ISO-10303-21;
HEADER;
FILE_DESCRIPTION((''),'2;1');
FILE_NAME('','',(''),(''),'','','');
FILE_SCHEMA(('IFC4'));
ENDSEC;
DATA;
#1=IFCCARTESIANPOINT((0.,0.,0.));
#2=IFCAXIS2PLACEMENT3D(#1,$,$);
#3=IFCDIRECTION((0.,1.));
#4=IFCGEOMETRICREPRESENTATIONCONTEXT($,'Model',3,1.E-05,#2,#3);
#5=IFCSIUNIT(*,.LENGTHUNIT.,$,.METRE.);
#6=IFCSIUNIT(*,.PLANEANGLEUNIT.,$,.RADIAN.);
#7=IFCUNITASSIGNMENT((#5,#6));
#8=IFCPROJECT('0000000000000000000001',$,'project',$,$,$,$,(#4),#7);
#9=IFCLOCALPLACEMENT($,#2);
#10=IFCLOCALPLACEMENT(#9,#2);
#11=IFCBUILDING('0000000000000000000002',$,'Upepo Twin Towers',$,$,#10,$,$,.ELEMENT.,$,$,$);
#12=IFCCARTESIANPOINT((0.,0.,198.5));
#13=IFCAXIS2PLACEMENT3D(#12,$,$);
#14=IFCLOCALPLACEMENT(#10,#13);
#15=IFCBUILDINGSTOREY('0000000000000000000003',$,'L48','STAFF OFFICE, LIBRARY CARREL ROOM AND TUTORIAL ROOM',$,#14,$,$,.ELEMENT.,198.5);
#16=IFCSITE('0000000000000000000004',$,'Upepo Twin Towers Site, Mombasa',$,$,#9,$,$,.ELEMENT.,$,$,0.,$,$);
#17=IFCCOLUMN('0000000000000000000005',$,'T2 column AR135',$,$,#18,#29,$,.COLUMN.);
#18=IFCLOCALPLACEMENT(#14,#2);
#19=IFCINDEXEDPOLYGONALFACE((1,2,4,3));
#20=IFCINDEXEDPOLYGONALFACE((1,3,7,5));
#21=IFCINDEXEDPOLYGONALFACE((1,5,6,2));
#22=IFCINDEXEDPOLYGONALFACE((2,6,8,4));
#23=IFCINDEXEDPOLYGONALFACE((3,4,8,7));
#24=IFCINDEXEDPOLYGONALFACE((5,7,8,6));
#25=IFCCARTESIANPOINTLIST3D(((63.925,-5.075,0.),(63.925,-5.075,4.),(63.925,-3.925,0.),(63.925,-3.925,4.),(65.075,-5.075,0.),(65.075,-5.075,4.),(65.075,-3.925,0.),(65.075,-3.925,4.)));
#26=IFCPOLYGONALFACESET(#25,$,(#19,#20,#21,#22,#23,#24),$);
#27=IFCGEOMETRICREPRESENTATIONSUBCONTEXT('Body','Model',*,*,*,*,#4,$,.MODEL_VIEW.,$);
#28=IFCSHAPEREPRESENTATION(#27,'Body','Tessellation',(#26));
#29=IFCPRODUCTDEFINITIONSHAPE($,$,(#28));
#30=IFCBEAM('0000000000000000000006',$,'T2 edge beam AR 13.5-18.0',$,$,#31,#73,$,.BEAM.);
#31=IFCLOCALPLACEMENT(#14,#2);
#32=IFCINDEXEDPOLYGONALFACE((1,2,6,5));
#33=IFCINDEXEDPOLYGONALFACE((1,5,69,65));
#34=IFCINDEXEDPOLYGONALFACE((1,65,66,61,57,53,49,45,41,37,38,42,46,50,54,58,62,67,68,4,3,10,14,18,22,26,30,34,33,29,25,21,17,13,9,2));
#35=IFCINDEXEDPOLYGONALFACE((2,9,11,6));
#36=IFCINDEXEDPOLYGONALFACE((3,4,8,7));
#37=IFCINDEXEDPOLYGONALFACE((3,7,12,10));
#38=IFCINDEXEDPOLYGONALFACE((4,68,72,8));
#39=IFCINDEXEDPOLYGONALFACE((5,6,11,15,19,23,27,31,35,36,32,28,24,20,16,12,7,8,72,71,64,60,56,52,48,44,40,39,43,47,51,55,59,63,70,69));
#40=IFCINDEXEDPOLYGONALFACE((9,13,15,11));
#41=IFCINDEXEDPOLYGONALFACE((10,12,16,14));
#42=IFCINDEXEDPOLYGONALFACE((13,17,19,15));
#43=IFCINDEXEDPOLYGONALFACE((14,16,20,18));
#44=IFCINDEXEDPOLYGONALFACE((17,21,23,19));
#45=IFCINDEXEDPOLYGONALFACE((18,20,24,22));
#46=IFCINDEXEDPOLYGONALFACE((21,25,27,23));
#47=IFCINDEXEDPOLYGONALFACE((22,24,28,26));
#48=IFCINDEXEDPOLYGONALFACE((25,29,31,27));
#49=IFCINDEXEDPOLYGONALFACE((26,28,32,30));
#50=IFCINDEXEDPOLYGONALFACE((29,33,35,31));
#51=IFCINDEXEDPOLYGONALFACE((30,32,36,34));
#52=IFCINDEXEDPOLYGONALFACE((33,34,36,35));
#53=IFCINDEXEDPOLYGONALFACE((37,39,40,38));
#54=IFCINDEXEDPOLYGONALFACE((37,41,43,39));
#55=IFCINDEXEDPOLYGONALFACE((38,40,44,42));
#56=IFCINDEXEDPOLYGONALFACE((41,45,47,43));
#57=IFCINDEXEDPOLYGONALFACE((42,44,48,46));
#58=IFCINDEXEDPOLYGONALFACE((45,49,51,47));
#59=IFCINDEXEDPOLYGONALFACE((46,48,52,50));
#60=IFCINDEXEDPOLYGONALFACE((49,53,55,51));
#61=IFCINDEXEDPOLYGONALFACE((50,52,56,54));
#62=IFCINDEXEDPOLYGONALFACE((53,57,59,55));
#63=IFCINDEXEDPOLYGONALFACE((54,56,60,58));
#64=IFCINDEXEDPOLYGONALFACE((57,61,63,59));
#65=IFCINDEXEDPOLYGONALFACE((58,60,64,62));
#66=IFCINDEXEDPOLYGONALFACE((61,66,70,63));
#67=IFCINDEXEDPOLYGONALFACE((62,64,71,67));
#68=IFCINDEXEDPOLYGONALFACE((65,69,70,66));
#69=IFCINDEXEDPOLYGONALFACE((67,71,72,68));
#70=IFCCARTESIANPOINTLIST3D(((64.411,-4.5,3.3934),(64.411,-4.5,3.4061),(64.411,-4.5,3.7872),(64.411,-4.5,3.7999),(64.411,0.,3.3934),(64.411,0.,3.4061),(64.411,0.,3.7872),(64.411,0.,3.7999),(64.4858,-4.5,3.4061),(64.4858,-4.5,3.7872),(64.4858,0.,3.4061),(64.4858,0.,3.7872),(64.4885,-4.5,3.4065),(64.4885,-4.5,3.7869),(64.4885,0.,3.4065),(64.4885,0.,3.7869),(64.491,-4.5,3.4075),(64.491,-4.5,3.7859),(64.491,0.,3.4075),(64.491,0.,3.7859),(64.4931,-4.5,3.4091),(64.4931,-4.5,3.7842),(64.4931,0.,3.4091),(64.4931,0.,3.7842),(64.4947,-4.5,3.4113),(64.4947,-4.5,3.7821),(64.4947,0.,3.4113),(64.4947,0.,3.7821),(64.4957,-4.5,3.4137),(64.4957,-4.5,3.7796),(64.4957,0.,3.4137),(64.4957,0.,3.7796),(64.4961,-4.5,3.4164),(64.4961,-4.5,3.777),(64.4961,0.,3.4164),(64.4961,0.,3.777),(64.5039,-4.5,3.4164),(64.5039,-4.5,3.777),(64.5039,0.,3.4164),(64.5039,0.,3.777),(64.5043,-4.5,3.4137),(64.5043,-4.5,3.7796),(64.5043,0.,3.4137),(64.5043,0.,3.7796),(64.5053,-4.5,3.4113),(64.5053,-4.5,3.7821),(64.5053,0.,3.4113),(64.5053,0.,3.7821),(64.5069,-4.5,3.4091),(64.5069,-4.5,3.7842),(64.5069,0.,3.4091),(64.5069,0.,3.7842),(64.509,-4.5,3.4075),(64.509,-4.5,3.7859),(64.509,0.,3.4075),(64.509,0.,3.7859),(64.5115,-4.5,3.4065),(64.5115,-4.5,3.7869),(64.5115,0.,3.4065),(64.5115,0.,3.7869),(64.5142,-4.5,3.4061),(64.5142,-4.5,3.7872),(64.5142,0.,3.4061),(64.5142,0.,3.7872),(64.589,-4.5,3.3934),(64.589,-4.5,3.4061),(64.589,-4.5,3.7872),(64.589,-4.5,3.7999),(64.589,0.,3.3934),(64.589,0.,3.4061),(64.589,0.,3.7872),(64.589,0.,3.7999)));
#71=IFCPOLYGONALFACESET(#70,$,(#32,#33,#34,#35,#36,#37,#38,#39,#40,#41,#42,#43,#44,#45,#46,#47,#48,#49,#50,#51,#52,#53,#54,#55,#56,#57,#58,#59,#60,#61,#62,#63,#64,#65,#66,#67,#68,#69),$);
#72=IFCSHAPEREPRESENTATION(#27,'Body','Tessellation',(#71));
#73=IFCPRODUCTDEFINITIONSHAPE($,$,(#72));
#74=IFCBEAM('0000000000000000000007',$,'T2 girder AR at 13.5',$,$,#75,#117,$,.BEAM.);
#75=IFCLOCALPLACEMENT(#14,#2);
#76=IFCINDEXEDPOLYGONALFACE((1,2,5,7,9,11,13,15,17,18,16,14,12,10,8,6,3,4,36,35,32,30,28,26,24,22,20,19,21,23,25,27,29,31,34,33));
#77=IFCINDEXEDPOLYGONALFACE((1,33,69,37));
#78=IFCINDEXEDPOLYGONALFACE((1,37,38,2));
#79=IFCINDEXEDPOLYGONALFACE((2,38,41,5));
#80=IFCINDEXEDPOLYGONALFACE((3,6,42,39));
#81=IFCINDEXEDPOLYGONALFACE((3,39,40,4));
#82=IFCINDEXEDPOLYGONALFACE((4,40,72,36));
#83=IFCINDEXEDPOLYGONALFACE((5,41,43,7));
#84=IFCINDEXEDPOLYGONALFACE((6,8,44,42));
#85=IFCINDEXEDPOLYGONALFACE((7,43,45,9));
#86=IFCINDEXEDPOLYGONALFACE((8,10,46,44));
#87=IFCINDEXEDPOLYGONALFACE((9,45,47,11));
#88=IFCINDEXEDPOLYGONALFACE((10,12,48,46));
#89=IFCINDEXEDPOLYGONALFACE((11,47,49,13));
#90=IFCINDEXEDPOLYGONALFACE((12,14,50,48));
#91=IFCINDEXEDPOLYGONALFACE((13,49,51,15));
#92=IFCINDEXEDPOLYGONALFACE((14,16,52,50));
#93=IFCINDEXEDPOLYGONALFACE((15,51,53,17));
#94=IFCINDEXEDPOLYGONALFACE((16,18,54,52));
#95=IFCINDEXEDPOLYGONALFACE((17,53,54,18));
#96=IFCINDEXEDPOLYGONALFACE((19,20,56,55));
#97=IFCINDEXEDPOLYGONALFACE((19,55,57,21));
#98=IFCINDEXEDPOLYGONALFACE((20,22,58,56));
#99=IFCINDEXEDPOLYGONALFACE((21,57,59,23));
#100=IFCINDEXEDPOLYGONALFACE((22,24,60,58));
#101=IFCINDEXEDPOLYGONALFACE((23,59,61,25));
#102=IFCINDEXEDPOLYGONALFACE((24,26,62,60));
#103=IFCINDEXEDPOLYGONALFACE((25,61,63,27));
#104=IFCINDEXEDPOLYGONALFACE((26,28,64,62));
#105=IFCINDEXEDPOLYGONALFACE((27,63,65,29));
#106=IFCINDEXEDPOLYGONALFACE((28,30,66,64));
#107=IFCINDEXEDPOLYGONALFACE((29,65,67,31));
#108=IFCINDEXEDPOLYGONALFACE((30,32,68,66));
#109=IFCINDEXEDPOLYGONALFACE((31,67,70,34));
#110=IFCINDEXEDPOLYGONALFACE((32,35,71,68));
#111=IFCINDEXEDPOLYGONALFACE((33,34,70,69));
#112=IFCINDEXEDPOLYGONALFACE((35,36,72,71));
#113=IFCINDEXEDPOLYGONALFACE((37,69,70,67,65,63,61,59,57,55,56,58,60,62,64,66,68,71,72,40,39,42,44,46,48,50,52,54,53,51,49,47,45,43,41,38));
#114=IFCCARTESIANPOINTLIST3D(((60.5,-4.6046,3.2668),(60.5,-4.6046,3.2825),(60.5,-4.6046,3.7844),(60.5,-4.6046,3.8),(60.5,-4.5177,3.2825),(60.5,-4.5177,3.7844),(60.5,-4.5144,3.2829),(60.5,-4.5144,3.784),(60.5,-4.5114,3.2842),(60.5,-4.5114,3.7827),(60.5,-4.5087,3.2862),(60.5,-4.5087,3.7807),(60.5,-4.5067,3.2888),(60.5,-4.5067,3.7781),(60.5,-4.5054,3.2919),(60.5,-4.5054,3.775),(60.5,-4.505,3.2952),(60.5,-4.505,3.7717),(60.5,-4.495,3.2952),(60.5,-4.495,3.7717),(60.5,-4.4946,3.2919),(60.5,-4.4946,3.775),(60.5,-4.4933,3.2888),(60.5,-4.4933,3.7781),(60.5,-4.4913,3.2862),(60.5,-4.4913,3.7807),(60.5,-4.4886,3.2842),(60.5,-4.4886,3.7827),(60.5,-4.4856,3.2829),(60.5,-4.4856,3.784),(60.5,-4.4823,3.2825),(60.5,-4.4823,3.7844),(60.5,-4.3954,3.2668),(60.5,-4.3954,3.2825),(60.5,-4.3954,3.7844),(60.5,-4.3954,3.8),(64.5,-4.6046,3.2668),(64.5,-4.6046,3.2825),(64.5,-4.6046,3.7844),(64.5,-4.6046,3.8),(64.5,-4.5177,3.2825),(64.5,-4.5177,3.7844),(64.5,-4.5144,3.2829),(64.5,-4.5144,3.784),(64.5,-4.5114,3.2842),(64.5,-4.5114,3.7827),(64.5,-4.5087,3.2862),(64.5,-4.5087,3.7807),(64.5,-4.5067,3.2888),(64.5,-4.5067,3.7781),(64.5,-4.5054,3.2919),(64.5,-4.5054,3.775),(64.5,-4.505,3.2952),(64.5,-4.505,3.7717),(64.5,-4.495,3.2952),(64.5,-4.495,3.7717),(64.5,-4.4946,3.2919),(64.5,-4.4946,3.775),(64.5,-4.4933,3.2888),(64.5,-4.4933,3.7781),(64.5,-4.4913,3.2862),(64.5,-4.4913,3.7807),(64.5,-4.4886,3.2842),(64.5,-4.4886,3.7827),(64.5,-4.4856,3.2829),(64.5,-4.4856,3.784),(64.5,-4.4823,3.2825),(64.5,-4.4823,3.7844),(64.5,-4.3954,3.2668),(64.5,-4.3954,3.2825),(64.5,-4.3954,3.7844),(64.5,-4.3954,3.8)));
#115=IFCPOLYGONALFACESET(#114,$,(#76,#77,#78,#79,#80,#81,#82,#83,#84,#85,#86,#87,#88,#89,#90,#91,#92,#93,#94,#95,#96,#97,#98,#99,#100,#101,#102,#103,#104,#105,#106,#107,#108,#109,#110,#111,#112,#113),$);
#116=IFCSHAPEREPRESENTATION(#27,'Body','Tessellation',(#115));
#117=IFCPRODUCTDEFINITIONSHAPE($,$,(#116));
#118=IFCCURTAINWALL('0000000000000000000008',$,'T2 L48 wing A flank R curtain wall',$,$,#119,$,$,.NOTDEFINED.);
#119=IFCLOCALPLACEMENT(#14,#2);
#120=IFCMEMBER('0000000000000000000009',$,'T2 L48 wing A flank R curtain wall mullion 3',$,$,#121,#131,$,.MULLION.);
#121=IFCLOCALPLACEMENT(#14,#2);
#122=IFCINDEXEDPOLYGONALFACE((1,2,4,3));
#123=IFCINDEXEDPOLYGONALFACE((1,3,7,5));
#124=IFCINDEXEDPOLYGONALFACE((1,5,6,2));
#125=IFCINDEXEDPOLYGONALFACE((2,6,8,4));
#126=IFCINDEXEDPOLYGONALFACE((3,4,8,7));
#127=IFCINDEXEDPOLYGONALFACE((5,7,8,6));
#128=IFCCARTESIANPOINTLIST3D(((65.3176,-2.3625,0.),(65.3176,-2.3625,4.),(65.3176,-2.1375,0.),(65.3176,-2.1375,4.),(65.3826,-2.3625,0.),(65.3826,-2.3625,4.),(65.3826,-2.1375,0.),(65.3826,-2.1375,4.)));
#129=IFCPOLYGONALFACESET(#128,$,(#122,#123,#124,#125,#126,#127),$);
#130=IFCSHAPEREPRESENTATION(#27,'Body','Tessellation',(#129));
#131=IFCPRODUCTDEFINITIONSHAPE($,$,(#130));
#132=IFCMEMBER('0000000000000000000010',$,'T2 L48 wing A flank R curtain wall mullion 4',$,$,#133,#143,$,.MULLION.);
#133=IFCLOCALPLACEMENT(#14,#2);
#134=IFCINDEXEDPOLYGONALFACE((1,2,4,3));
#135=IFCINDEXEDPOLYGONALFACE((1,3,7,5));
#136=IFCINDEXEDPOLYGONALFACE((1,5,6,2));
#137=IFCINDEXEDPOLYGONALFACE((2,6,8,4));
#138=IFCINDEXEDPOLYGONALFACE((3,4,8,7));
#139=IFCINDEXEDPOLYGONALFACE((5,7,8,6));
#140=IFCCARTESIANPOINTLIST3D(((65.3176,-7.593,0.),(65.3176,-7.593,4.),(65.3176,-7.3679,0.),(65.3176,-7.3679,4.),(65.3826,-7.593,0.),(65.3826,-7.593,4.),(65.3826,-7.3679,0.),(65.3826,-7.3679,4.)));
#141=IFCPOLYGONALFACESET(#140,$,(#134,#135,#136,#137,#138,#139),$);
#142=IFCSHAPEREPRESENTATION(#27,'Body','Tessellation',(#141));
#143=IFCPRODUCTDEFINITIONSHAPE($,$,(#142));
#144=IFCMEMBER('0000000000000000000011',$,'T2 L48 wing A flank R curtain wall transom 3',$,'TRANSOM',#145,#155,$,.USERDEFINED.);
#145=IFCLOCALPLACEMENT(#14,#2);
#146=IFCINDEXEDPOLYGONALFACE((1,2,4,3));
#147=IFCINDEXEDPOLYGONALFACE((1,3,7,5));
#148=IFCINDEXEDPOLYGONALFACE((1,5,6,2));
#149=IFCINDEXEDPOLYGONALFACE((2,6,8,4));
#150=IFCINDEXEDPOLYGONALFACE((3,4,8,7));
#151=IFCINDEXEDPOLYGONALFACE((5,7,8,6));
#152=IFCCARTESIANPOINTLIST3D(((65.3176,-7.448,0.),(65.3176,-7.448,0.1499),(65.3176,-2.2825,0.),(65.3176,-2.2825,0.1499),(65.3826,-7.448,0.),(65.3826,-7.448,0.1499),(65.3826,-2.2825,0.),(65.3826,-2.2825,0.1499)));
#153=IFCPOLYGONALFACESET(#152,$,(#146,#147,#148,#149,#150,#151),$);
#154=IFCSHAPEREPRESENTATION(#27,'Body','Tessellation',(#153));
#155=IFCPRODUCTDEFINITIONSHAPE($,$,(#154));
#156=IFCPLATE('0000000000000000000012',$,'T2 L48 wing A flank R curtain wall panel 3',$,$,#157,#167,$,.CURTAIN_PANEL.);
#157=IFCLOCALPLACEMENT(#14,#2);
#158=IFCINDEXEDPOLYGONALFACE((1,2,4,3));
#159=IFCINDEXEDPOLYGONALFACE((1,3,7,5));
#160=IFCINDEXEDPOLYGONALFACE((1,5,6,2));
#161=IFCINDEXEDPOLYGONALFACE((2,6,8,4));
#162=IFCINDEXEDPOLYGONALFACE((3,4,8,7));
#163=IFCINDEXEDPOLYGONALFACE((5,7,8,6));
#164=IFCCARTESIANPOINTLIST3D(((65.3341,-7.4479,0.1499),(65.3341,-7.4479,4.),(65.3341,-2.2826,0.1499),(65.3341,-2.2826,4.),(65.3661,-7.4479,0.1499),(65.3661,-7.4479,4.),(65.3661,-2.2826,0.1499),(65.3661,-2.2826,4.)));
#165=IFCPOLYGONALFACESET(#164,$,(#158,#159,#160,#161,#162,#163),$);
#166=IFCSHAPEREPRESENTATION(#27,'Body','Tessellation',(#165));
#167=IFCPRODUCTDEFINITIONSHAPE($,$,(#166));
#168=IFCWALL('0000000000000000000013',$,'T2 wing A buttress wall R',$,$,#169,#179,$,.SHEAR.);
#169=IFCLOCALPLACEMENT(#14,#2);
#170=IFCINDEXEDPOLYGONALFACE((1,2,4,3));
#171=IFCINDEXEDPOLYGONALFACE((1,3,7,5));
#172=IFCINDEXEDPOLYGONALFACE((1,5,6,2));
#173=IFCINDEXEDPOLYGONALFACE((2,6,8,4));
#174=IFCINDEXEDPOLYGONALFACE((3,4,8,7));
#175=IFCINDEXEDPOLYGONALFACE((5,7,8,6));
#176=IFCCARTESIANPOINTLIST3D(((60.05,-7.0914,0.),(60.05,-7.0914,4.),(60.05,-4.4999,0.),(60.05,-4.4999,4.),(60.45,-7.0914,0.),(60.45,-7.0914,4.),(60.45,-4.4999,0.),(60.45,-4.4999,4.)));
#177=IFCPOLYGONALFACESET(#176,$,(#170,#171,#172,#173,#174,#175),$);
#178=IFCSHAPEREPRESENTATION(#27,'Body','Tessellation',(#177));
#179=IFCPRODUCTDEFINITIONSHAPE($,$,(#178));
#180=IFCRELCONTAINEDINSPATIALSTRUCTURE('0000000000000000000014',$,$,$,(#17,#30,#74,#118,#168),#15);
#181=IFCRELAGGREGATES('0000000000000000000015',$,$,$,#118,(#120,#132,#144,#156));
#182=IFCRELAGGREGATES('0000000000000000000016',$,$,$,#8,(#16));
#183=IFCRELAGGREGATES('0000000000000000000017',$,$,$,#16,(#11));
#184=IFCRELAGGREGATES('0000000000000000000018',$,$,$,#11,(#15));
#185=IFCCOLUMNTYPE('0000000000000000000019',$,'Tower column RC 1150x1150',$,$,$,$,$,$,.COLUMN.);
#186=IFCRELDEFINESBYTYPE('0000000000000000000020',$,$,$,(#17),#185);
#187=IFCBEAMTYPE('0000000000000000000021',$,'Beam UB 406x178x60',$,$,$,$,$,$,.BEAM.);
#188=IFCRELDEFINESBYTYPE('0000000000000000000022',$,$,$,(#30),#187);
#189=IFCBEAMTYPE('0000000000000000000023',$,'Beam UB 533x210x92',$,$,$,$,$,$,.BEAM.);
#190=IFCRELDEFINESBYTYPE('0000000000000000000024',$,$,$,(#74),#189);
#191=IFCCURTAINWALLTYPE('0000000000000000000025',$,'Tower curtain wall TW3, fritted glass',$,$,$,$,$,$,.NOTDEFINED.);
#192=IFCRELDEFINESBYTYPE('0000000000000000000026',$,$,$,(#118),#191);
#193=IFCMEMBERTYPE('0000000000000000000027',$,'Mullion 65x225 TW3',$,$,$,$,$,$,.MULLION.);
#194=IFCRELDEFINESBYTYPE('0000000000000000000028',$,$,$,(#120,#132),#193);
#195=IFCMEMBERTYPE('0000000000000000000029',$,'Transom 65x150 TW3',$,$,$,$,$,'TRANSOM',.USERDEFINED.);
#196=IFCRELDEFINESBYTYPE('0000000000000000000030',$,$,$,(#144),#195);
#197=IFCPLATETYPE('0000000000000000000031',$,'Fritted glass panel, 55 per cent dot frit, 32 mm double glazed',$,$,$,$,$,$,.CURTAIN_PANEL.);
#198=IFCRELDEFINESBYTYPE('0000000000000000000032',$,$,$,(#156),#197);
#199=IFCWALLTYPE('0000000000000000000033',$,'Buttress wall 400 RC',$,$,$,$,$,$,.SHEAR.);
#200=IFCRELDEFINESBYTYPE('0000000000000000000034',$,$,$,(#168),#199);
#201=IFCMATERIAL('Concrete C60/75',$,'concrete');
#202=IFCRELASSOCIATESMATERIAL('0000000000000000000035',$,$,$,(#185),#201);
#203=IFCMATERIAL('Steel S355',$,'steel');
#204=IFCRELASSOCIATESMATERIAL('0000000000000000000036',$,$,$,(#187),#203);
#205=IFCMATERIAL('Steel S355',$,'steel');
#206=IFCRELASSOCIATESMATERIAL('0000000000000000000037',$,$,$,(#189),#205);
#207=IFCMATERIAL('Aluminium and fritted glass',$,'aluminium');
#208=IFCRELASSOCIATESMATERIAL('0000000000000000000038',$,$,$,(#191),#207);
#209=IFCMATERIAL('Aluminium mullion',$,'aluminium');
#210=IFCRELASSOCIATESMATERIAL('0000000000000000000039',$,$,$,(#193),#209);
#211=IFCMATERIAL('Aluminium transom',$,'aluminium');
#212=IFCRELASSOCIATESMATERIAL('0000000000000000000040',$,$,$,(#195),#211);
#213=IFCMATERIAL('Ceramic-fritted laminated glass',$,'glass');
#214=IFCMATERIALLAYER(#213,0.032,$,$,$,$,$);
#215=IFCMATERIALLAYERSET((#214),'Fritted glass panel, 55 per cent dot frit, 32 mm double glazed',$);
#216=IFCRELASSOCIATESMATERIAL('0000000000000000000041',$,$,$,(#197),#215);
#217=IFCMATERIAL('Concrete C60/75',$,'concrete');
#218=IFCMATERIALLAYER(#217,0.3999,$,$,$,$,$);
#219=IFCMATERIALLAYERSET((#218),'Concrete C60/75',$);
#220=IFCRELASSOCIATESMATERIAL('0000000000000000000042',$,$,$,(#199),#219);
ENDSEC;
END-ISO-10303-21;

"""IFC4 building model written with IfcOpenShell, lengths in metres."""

from ifc_helpers import new_model, si_unit, direction, frame, frame_2d, origin, origin_2d, place, context, subcontext, project, spatial, rectangle, i_section, extrude, material, layer, layer_set, material_profile, profile_set, type_object, element, aggregate, save


model = new_model("IFC4")

# Units and contexts
model_context = context("Model", 3, precision=1e-05, world=origin(), true_north=direction((0.0, 1.0)))
body_context = subcontext(model_context, "Body", "Model", "MODEL_VIEW")
ifc_project = project(units=[si_unit("LENGTHUNIT", "METRE"), si_unit("PLANEANGLEUNIT", "RADIAN")], contexts=[model_context])

# Site, building, storey
site_placement = place(None, origin())
site = spatial("IfcSite", under=ifc_project, at=site_placement, Name="Upepo Twin Towers Site, Mombasa", CompositionType="ELEMENT", RefElevation=0.0)
building_placement = place(site_placement, origin())
building = spatial("IfcBuilding", under=site, at=building_placement, Name="Upepo Twin Towers", CompositionType="ELEMENT")
storey_placement = place(building_placement, frame((0.0, 0.0, 198.5)))
storey = spatial("IfcBuildingStorey", under=building, at=storey_placement, Name="L48", Description="STAFF OFFICE, LIBRARY CARREL ROOM AND TUTORIAL ROOM", CompositionType="ELEMENT", Elevation=198.5)

# Column
ifc_material_1 = material(Name="Concrete C60/75", Category="concrete")
ifc_material_profile_1 = material_profile(ifc_material_1, rectangle(XDim=1.1499, YDim=1.1499, at=origin_2d()), Name="RC 1150x1150")
ifc_profile_set_1 = profile_set([ifc_material_profile_1], Name="Concrete C60/75")
column_type = type_object("IfcColumnType", Name="Tower column RC 1150x1150", PredefinedType="COLUMN", material=ifc_profile_set_1)
column_placement = place(storey_placement, frame((64.5, -4.5, 0.0), z_axis=(0.0, 0.0, 1.0), x_axis=(1.0, 0.0, 0.0)))
element("IfcColumn", 1, at=column_placement, inside=storey, type_object=column_type, Name="T2 column AR135", PredefinedType="COLUMN", context=body_context, shape_type="SweptSolid", body=[
    extrude(rectangle(XDim=1.1499, YDim=1.1499, at=origin_2d()), origin(), (0.0, 0.0, 1.0), 4.0),
])

# Beams
ifc_material_2 = material(Name="Steel S355", Category="steel")
ifc_material_profile_2 = material_profile(ifc_material_2, i_section(OverallWidth=0.178, OverallDepth=0.4065, WebThickness=0.0078, FlangeThickness=0.0127, FilletRadius=0.0103, at=origin_2d()), Name="UB 406x178x60")
ifc_profile_set_2 = profile_set([ifc_material_profile_2], Name="Steel S355")
beam_type_1 = type_object("IfcBeamType", Name="Beam UB 406x178x60", PredefinedType="BEAM", material=ifc_profile_set_2)
beam_1_placement = place(storey_placement, frame((64.5, -4.5, 3.5967), z_axis=(0.0, 1.0, 0.0), x_axis=(-1.0, 0.0, 0.0)))
element("IfcBeam", 2, at=beam_1_placement, inside=storey, type_object=beam_type_1, Name="T2 edge beam AR 13.5-18.0", PredefinedType="BEAM", context=body_context, shape_type="SweptSolid", body=[
    extrude(i_section(OverallWidth=0.178, OverallDepth=0.4065, WebThickness=0.0078, FlangeThickness=0.0127, FilletRadius=0.0103, at=origin_2d()), origin(), (0.0, 0.0, 1.0), 4.5),
])
ifc_material_3 = material(Name="Steel S355", Category="steel")
ifc_material_profile_3 = material_profile(ifc_material_3, i_section(OverallWidth=0.2092, OverallDepth=0.5332, WebThickness=0.01, FlangeThickness=0.0156, FilletRadius=0.0127, at=origin_2d()), Name="UB 533x210x92")
ifc_profile_set_3 = profile_set([ifc_material_profile_3], Name="Steel S355")
beam_type_2 = type_object("IfcBeamType", Name="Beam UB 533x210x92", PredefinedType="BEAM", material=ifc_profile_set_3)
beam_2_placement = place(storey_placement, frame((64.5, -4.5, 3.5334), z_axis=(-1.0, 0.0, 0.0), x_axis=(0.0, -1.0, 0.0)))
element("IfcBeam", 3, at=beam_2_placement, inside=storey, type_object=beam_type_2, Name="T2 girder AR at 13.5", PredefinedType="BEAM", context=body_context, shape_type="SweptSolid", body=[
    extrude(i_section(OverallWidth=0.2092, OverallDepth=0.5332, WebThickness=0.01, FlangeThickness=0.0156, FilletRadius=0.0127, at=origin_2d()), origin(), (0.0, 0.0, 1.0), 4.0),
])

# Curtain wall, members, plate
ifc_material_4 = material(Name="Aluminium and fritted glass", Category="aluminium")
curtain_wall_type = type_object("IfcCurtainWallType", Name="Tower curtain wall TW3, fritted glass", PredefinedType="NOTDEFINED", material=ifc_material_4)
curtain_wall_placement = place(storey_placement, origin())
curtain_wall = element("IfcCurtainWall", 4, at=curtain_wall_placement, inside=storey, type_object=curtain_wall_type, Name="T2 L48 wing A flank R curtain wall", PredefinedType="NOTDEFINED")
ifc_material_5 = material(Name="Aluminium mullion", Category="aluminium")
ifc_material_profile_4 = material_profile(ifc_material_5, rectangle(XDim=0.0649, YDim=0.2251, at=origin_2d()), Name="MULLION 65x225")
ifc_profile_set_4 = profile_set([ifc_material_profile_4], Name="Aluminium mullion")
member_type_1 = type_object("IfcMemberType", Name="Mullion 65x225 TW3", PredefinedType="MULLION", material=ifc_profile_set_4)
member_1_placement = place(storey_placement, frame((65.3501, -2.25, 0.0), z_axis=(0.0, 0.0, 1.0), x_axis=(1.0, 0.0, 0.0)))
member_1 = element("IfcMember", 5, at=member_1_placement, type_object=member_type_1, Name="T2 L48 wing A flank R curtain wall mullion 3", PredefinedType="MULLION", context=body_context, shape_type="SweptSolid", body=[
    extrude(rectangle(XDim=0.0649, YDim=0.2251, at=origin_2d()), origin(), (0.0, 0.0, 1.0), 4.0),
])
member_2_placement = place(storey_placement, frame((65.3501, -7.4805, 0.0), z_axis=(0.0, 0.0, 1.0), x_axis=(1.0, 0.0, 0.0)))
member_2 = element("IfcMember", 6, at=member_2_placement, type_object=member_type_1, Name="T2 L48 wing A flank R curtain wall mullion 4", PredefinedType="MULLION", context=body_context, shape_type="SweptSolid", body=[
    extrude(rectangle(XDim=0.0649, YDim=0.2251, at=origin_2d()), origin(), (0.0, 0.0, 1.0), 4.0),
])
ifc_material_6 = material(Name="Aluminium transom", Category="aluminium")
ifc_material_profile_5 = material_profile(ifc_material_6, rectangle(XDim=0.0649, YDim=0.1499, at=origin_2d()), Name="TRANSOM 65x150")
ifc_profile_set_5 = profile_set([ifc_material_profile_5], Name="Aluminium transom")
member_type_2 = type_object("IfcMemberType", Name="Transom 65x150 TW3", ElementType="TRANSOM", PredefinedType="USERDEFINED", material=ifc_profile_set_5)
member_3_placement = place(storey_placement, frame((65.3501, -2.2825, 0.075), z_axis=(0.0, -1.0, 0.0), x_axis=(1.0, 0.0, 0.0)))
member_3 = element("IfcMember", 7, at=member_3_placement, type_object=member_type_2, Name="T2 L48 wing A flank R curtain wall transom 3", ObjectType="TRANSOM", PredefinedType="USERDEFINED", context=body_context, shape_type="SweptSolid", body=[
    extrude(rectangle(XDim=0.0649, YDim=0.1499, at=origin_2d()), origin(), (0.0, 0.0, 1.0), 5.1655),
])
ifc_material_7 = material(Name="Ceramic-fritted laminated glass", Category="glass")
ifc_layer_1 = layer(ifc_material_7, 0.032)
ifc_layer_set_1 = layer_set([ifc_layer_1], Name="Fritted glass panel, 55 per cent dot frit, 32 mm double glazed")
plate_type = type_object("IfcPlateType", Name="Fritted glass panel, 55 per cent dot frit, 32 mm double glazed", PredefinedType="CURTAIN_PANEL", material=ifc_layer_set_1)
plate_placement = place(storey_placement, frame((65.3501, -4.8652, 0.1499), z_axis=(0.0, 0.0, 1.0), x_axis=(0.0, -1.0, 0.0)))
plate = element("IfcPlate", 8, at=plate_placement, type_object=plate_type, Name="T2 L48 wing A flank R curtain wall panel 3", PredefinedType="CURTAIN_PANEL", context=body_context, shape_type="SweptSolid", body=[
    extrude(rectangle(XDim=5.1653, YDim=0.032, at=origin_2d()), origin(), (0.0, 0.0, 1.0), 3.8501),
])
aggregate(curtain_wall, [member_1, member_2, member_3, plate])

# Wall
ifc_material_8 = material(Name="Concrete C60/75", Category="concrete")
ifc_layer_2 = layer(ifc_material_8, 0.3999)
ifc_layer_set_2 = layer_set([ifc_layer_2], Name="Concrete C60/75")
wall_type_1 = type_object("IfcWallType", Name="Buttress wall 400 RC", PredefinedType="SHEAR", material=ifc_layer_set_2)
wall_1_placement = place(storey_placement, frame((60.25, -7.0916, 0.0), z_axis=(0.0, 0.0, 1.0), x_axis=(0.0, 1.0, 0.0)))
element("IfcWall", 9, at=wall_1_placement, inside=storey, type_object=wall_type_1, Name="T2 wing A buttress wall R", PredefinedType="SHEAR", context=body_context, shape_type="SweptSolid", body=[
    extrude(rectangle(XDim=2.5916, YDim=0.3999, at=frame_2d((1.2959, 0.0))), origin(), (0.0, 0.0, 1.0), 4.0),
])

save(model, "model.ifc")
